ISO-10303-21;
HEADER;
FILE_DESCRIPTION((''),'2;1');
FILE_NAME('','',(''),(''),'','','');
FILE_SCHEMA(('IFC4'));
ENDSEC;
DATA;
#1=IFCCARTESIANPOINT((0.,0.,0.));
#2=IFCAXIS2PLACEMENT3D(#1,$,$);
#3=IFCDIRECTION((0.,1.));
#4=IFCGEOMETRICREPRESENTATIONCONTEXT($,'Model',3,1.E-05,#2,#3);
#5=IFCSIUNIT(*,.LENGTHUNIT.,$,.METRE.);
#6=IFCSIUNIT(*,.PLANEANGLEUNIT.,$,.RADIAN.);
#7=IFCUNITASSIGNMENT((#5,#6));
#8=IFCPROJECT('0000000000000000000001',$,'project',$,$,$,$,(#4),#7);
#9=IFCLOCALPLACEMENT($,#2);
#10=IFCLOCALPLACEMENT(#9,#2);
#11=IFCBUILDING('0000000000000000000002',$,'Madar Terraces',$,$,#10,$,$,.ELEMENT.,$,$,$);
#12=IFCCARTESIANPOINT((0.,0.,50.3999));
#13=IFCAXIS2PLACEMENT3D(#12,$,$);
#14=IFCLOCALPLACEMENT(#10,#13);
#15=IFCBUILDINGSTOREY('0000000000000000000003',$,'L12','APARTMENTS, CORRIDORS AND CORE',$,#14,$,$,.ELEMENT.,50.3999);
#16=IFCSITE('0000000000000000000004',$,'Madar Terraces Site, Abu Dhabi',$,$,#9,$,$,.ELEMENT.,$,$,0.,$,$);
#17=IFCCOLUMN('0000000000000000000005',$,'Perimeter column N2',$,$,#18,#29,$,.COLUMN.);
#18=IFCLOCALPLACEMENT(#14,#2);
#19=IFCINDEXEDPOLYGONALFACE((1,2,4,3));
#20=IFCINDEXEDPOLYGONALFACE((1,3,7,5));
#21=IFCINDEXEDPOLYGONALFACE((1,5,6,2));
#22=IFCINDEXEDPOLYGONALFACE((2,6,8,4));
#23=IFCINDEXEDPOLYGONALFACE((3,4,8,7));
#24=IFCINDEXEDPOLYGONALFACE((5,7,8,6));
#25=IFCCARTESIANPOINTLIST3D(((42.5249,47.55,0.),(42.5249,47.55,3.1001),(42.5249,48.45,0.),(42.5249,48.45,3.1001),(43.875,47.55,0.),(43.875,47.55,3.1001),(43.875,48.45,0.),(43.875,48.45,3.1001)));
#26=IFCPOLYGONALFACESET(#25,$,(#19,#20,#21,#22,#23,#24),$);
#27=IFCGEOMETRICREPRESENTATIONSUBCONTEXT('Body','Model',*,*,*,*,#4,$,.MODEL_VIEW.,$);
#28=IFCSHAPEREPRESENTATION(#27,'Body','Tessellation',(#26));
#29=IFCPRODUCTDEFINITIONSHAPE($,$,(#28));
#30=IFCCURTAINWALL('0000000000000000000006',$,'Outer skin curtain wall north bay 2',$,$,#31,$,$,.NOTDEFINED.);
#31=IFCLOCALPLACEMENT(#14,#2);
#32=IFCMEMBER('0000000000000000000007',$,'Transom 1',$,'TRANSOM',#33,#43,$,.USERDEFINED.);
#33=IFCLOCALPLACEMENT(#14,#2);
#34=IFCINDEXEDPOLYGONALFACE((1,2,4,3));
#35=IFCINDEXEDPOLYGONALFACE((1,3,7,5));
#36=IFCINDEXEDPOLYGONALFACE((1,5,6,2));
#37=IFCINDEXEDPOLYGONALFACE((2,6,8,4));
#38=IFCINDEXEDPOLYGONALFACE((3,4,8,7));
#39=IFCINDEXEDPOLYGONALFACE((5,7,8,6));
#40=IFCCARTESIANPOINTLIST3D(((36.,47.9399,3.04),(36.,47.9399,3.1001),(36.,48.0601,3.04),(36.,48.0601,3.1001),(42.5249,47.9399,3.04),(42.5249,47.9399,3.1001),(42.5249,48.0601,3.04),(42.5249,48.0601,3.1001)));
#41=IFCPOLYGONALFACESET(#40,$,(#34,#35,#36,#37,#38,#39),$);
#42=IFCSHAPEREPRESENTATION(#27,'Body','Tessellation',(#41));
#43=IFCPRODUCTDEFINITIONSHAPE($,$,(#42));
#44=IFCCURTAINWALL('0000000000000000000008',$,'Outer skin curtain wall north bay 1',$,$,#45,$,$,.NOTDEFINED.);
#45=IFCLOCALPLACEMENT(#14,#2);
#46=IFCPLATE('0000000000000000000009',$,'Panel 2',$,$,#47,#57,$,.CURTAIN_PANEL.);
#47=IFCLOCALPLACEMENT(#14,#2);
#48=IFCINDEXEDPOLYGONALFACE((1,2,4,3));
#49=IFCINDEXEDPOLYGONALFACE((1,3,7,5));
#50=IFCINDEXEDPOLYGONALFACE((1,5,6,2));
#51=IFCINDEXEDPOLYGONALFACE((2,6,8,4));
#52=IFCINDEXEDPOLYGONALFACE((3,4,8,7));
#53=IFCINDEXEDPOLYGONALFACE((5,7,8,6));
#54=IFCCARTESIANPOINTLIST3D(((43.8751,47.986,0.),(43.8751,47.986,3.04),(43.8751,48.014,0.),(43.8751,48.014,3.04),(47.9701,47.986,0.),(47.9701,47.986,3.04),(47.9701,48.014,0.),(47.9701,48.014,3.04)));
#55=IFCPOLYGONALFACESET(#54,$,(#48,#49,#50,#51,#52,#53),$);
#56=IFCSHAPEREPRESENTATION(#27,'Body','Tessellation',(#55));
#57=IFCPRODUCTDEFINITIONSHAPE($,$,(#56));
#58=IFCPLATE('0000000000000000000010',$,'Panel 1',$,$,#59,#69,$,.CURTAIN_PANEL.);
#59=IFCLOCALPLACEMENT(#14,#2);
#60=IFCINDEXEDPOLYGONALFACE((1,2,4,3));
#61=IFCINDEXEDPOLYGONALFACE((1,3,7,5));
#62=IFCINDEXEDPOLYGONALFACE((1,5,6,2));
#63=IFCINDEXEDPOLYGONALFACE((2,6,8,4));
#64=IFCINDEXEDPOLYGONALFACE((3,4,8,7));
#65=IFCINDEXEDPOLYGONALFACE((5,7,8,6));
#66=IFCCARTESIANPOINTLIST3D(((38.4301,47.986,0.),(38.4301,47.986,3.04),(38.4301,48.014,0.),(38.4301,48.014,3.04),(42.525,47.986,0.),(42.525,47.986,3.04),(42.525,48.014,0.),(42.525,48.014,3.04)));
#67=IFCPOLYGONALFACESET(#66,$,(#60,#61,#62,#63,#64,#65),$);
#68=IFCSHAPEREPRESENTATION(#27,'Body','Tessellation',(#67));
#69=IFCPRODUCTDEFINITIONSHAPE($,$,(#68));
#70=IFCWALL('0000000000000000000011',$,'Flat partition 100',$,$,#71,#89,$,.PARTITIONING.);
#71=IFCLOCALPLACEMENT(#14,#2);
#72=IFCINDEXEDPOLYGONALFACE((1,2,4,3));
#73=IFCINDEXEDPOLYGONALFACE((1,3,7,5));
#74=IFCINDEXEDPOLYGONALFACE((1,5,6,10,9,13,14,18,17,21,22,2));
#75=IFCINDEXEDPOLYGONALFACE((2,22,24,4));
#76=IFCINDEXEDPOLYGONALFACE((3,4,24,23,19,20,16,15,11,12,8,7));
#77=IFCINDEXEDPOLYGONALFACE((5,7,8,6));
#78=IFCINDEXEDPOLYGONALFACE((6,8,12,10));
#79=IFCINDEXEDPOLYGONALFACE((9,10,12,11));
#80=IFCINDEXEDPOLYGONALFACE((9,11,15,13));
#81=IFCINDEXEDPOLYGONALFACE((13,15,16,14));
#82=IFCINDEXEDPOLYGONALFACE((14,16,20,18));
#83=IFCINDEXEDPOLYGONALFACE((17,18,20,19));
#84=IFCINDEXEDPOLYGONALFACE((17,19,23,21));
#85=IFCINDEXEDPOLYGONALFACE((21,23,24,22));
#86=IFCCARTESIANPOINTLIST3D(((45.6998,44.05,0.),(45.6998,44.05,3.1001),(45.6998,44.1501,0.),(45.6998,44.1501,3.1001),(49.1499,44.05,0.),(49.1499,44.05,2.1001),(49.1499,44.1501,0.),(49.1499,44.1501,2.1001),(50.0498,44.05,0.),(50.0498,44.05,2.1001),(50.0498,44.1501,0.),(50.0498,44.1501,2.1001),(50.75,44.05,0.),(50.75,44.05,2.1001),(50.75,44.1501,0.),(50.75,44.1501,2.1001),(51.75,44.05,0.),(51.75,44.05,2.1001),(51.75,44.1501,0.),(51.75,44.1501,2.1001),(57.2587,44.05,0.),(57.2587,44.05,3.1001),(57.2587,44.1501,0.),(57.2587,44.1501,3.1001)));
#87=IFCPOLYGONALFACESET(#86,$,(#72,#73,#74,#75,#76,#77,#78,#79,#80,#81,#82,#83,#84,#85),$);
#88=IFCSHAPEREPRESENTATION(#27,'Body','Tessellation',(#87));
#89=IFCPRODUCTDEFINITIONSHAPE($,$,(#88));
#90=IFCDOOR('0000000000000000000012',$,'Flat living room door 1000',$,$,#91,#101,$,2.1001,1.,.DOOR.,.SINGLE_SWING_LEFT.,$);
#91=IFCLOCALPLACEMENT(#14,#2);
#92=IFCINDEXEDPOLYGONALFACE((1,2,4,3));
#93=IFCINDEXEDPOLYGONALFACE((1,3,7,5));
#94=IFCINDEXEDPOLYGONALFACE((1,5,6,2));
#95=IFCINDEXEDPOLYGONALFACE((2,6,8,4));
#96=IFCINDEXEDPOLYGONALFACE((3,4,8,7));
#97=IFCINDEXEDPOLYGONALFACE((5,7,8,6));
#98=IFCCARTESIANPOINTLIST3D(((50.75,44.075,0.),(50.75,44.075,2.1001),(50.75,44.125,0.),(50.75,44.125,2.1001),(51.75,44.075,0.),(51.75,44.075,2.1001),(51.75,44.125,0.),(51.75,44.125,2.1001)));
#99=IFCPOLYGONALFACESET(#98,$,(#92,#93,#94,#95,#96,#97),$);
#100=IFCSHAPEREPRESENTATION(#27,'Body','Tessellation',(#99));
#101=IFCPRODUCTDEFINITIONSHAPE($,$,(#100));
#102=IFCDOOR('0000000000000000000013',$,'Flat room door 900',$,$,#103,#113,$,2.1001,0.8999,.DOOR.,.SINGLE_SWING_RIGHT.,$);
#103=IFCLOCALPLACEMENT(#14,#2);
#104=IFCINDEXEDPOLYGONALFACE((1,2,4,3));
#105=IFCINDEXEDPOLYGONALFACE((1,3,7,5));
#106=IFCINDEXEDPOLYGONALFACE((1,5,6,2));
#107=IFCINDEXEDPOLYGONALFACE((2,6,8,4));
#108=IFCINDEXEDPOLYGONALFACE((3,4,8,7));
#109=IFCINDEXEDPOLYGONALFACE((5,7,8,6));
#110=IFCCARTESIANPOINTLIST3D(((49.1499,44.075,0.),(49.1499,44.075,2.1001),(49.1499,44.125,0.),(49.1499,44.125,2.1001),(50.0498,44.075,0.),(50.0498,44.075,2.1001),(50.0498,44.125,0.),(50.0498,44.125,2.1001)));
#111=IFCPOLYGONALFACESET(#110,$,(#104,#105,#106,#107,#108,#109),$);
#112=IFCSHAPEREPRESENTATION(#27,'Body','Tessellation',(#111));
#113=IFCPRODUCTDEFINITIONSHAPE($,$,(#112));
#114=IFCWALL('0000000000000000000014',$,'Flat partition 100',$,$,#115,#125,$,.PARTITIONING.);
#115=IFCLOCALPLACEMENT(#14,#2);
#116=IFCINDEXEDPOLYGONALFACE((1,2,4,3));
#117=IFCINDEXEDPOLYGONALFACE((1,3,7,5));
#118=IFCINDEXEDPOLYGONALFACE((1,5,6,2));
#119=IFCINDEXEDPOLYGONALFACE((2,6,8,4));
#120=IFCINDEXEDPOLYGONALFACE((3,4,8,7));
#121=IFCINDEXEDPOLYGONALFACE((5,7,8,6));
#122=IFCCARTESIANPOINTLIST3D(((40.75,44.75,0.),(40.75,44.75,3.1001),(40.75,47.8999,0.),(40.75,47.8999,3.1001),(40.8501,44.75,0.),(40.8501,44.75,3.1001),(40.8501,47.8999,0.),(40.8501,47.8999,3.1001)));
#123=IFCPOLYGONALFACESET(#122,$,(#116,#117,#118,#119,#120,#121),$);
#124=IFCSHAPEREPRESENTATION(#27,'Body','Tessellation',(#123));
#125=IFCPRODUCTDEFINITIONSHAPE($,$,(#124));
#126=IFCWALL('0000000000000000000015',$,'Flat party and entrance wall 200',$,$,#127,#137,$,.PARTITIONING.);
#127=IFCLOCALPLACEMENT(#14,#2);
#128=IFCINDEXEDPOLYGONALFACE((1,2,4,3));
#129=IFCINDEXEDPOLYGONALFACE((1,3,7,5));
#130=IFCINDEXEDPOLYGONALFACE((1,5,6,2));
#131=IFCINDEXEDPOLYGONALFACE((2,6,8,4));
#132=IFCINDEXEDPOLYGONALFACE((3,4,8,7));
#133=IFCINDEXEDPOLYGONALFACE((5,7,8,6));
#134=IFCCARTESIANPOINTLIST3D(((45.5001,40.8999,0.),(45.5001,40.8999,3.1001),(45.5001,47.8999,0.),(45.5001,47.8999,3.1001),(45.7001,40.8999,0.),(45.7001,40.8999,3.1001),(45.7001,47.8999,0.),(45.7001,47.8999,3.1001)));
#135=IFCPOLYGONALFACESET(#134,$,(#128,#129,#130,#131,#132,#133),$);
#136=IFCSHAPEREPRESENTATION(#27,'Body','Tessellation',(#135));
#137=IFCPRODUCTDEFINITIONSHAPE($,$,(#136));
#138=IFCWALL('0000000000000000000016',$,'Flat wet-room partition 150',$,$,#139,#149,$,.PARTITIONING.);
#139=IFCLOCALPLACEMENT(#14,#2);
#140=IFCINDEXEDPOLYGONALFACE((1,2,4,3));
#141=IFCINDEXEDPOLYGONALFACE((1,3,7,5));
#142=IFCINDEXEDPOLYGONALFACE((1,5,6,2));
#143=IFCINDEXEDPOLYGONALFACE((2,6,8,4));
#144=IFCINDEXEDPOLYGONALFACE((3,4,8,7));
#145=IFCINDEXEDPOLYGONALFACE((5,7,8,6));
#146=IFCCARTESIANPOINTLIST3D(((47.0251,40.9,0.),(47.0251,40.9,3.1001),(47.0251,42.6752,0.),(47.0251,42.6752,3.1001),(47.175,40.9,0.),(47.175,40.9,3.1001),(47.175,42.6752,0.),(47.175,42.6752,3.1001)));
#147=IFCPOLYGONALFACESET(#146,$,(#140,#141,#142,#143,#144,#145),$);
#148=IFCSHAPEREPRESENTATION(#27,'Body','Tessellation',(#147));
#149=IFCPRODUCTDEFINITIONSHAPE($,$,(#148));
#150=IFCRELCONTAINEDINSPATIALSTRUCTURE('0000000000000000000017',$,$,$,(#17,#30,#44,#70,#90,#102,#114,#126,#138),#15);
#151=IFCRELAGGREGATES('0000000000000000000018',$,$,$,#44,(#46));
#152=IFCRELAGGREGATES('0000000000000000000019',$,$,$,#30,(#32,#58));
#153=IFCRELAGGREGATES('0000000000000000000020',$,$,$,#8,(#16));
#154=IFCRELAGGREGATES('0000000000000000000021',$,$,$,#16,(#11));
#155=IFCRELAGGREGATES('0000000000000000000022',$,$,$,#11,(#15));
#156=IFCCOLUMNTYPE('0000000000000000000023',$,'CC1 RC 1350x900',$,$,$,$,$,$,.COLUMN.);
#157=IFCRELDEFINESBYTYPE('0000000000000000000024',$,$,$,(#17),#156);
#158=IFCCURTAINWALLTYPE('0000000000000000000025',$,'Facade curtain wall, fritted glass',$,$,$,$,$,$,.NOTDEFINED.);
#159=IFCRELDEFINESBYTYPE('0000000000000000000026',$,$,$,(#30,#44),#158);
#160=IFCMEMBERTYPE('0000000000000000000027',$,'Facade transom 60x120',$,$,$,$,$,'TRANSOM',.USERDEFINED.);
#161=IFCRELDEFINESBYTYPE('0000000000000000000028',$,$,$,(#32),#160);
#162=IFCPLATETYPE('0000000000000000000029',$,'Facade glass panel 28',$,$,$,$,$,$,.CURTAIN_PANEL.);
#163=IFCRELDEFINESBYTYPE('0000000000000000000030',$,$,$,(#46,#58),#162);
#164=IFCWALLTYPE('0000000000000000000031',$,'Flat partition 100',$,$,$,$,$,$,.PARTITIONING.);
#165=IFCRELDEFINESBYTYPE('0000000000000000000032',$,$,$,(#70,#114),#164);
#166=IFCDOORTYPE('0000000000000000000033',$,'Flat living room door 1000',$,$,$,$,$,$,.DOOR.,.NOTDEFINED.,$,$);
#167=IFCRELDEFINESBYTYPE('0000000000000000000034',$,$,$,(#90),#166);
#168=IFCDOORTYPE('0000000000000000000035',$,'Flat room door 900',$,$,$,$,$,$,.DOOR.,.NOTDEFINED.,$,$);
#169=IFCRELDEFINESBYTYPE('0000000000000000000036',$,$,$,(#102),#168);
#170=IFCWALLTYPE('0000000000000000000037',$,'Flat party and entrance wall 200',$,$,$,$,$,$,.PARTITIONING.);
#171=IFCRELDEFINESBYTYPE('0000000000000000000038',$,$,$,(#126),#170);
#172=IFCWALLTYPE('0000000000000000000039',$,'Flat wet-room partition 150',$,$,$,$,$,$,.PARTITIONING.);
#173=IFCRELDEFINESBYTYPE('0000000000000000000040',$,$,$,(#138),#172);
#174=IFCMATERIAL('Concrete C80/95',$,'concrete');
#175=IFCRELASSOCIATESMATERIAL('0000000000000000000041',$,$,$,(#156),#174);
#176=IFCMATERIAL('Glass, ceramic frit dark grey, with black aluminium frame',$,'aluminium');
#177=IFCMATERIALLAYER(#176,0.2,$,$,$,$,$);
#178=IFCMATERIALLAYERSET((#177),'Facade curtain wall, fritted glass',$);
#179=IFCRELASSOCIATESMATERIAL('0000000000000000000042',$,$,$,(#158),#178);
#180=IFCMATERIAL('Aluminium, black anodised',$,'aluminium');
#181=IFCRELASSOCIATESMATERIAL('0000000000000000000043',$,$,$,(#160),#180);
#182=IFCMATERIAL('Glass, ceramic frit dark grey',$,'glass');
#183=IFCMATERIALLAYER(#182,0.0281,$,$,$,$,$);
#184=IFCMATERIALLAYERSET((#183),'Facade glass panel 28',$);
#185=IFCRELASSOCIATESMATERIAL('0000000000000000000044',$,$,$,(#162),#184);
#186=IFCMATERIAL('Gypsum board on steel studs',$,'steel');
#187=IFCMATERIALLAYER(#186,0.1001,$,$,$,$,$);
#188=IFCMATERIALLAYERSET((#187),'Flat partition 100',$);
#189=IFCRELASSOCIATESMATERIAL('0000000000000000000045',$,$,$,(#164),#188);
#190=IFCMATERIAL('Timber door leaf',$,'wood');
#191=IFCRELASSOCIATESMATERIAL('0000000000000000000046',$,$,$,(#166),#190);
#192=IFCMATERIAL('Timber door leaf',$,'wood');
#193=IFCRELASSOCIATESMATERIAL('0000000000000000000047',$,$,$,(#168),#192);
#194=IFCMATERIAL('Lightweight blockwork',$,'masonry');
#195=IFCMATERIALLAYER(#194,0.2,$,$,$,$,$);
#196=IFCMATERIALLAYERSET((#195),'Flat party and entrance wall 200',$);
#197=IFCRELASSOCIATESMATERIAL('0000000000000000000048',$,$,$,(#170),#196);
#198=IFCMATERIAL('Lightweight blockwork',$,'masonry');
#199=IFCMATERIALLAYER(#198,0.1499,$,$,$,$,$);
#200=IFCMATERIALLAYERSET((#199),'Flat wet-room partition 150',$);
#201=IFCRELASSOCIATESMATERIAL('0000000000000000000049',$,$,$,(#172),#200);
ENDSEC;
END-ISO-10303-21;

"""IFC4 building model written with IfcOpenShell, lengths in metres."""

from ifc_helpers import new_model, si_unit, direction, frame, frame_2d, origin, origin_2d, place, context, subcontext, project, spatial, rectangle, extrude, material, layer, layer_set, material_profile, profile_set, type_object, element, fill, aggregate, save


model = new_model("IFC4")

# Units and contexts
model_context = context("Model", 3, precision=1e-05, world=origin(), true_north=direction((0.0, 1.0)))
body_context = subcontext(model_context, "Body", "Model", "MODEL_VIEW")
ifc_project = project(units=[si_unit("LENGTHUNIT", "METRE"), si_unit("PLANEANGLEUNIT", "RADIAN")], contexts=[model_context])

# Site, building, storey
site_placement = place(None, origin())
site = spatial("IfcSite", under=ifc_project, at=site_placement, Name="Madar Terraces Site, Abu Dhabi", CompositionType="ELEMENT", RefElevation=0.0)
building_placement = place(site_placement, origin())
building = spatial("IfcBuilding", under=site, at=building_placement, Name="Madar Terraces", CompositionType="ELEMENT")
storey_placement = place(building_placement, frame((0.0, 0.0, 50.3999)))
storey = spatial("IfcBuildingStorey", under=building, at=storey_placement, Name="L12", Description="APARTMENTS, CORRIDORS AND CORE", CompositionType="ELEMENT", Elevation=50.3999)

# Column
ifc_material_1 = material(Name="Concrete C80/95", Category="concrete")
ifc_material_profile_1 = material_profile(ifc_material_1, rectangle(XDim=1.3501, YDim=0.8999, at=origin_2d()), Name="CC1 RC 1350x900")
ifc_profile_set_1 = profile_set([ifc_material_profile_1], Name="Concrete C80/95")
column_type = type_object("IfcColumnType", Name="CC1 RC 1350x900", PredefinedType="COLUMN", material=ifc_profile_set_1)
column_placement = place(storey_placement, frame((43.2, 48.0, 0.0), z_axis=(0.0, 0.0, 1.0), x_axis=(1.0, 0.0, 0.0)))
element("IfcColumn", 1, at=column_placement, inside=storey, type_object=column_type, Name="Perimeter column N2", PredefinedType="COLUMN", context=body_context, shape_type="SweptSolid", body=[
    extrude(rectangle(XDim=1.3501, YDim=0.8999, at=origin_2d()), origin(), (0.0, 0.0, 1.0), 3.1001),
])

# Curtain wall, member
ifc_material_2 = material(Name="Glass, ceramic frit dark grey, with black aluminium frame", Category="aluminium")
ifc_layer_1 = layer(ifc_material_2, 0.2)
ifc_layer_set_1 = layer_set([ifc_layer_1], Name="Facade curtain wall, fritted glass")
curtain_wall_type = type_object("IfcCurtainWallType", Name="Facade curtain wall, fritted glass", PredefinedType="NOTDEFINED", material=ifc_layer_set_1)
curtain_wall_1_placement = place(storey_placement, origin())
curtain_wall_1 = element("IfcCurtainWall", 2, at=curtain_wall_1_placement, inside=storey, type_object=curtain_wall_type, Name="Outer skin curtain wall north bay 2", PredefinedType="NOTDEFINED")
ifc_material_3 = material(Name="Aluminium, black anodised", Category="aluminium")
ifc_material_profile_2 = material_profile(ifc_material_3, rectangle(XDim=0.1201, YDim=0.0601, at=origin_2d()), Name="Facade transom 60x120")
ifc_profile_set_2 = profile_set([ifc_material_profile_2], Name="Aluminium, black anodised")
member_type = type_object("IfcMemberType", Name="Facade transom 60x120", ElementType="TRANSOM", PredefinedType="USERDEFINED", material=ifc_profile_set_2)
member_placement = place(storey_placement, frame((42.5249, 48.0, 3.0701), z_axis=(-1.0, 0.0, 0.0), x_axis=(0.0, -1.0, 0.0)))
member = element("IfcMember", 3, at=member_placement, type_object=member_type, Name="Transom 1", ObjectType="TRANSOM", PredefinedType="USERDEFINED", context=body_context, shape_type="SweptSolid", body=[
    extrude(rectangle(XDim=0.1201, YDim=0.0601, at=origin_2d()), origin(), (0.0, 0.0, 1.0), 6.5249),
])

# Curtain wall, plate
curtain_wall_2_placement = place(storey_placement, origin())
curtain_wall_2 = element("IfcCurtainWall", 4, at=curtain_wall_2_placement, inside=storey, type_object=curtain_wall_type, Name="Outer skin curtain wall north bay 1", PredefinedType="NOTDEFINED")
ifc_material_4 = material(Name="Glass, ceramic frit dark grey", Category="glass")
ifc_layer_2 = layer(ifc_material_4, 0.0281)
ifc_layer_set_2 = layer_set([ifc_layer_2], Name="Facade glass panel 28")
plate_type = type_object("IfcPlateType", Name="Facade glass panel 28", PredefinedType="CURTAIN_PANEL", material=ifc_layer_set_2)
plate_1_placement = place(storey_placement, frame((45.9226, 48.0, 0.0), z_axis=(0.0, 0.0, 1.0), x_axis=(-1.0, 0.0, 0.0)))
plate_1 = element("IfcPlate", 5, at=plate_1_placement, type_object=plate_type, Name="Panel 2", PredefinedType="CURTAIN_PANEL", context=body_context, shape_type="SweptSolid", body=[
    extrude(rectangle(XDim=4.095, YDim=0.0281, at=origin_2d()), origin(), (0.0, 0.0, 1.0), 3.04),
])
aggregate(curtain_wall_2, [plate_1])

# Plate
plate_2_placement = place(storey_placement, frame((40.4775, 48.0, 0.0), z_axis=(0.0, 0.0, 1.0), x_axis=(-1.0, 0.0, 0.0)))
plate_2 = element("IfcPlate", 6, at=plate_2_placement, type_object=plate_type, Name="Panel 1", PredefinedType="CURTAIN_PANEL", context=body_context, shape_type="SweptSolid", body=[
    extrude(rectangle(XDim=4.095, YDim=0.0281, at=origin_2d()), origin(), (0.0, 0.0, 1.0), 3.04),
])
aggregate(curtain_wall_1, [member, plate_2])

# Wall, openings, doors
ifc_material_5 = material(Name="Gypsum board on steel studs", Category="steel")
ifc_layer_3 = layer(ifc_material_5, 0.1001)
ifc_layer_set_3 = layer_set([ifc_layer_3], Name="Flat partition 100")
wall_type_1 = type_object("IfcWallType", Name="Flat partition 100", PredefinedType="PARTITIONING", material=ifc_layer_set_3)
wall_1_placement = place(storey_placement, frame((45.7, 44.1001, 0.0), z_axis=(0.0, 0.0, 1.0), x_axis=(1.0, 0.0, 0.0)))
wall_1 = element("IfcWall", 7, at=wall_1_placement, inside=storey, type_object=wall_type_1, Name="Flat partition 100", PredefinedType="PARTITIONING", context=body_context, shape_type="SweptSolid", body=[
    extrude(rectangle(XDim=11.5588, YDim=0.1001, at=frame_2d((5.7793, 0.0))), origin(), (0.0, 0.0, 1.0), 3.1001),
])
opening_1_placement = place(wall_1_placement, frame((3.45, 0.0, 0.0)))
opening_1 = element("IfcOpeningElement", 8, at=opening_1_placement, cuts=wall_1, PredefinedType="OPENING", context=body_context, shape_type="SweptSolid", body=[
    extrude(rectangle(XDim=0.8999, YDim=2.1001, at=frame_2d((0.45, 1.05))), frame((0.0, 0.0601, 0.0), z_axis=(0.0, -1.0, 0.0), x_axis=(1.0, 0.0, 0.0)), (0.0, 0.0, 1.0), 0.1201),
])
opening_2_placement = place(wall_1_placement, frame((5.05, 0.0, 0.0)))
opening_2 = element("IfcOpeningElement", 9, at=opening_2_placement, cuts=wall_1, PredefinedType="OPENING", context=body_context, shape_type="SweptSolid", body=[
    extrude(rectangle(XDim=1.0, YDim=2.1001, at=frame_2d((0.5, 1.05))), frame((0.0, 0.0601, 0.0), z_axis=(0.0, -1.0, 0.0), x_axis=(1.0, 0.0, 0.0)), (0.0, 0.0, 1.0), 0.1201),
])
ifc_material_6 = material(Name="Timber door leaf", Category="wood")
door_type_1 = type_object("IfcDoorType", Name="Flat living room door 1000", OperationType="NOTDEFINED", PredefinedType="DOOR", material=ifc_material_6)
door_1_placement = place(opening_2_placement, origin())
door_1 = element("IfcDoor", 10, at=door_1_placement, inside=storey, type_object=door_type_1, Name="Flat living room door 1000", OperationType="SINGLE_SWING_LEFT", OverallHeight=2.1001, OverallWidth=1.0, PredefinedType="DOOR", context=body_context, shape_type="SweptSolid", body=[
    extrude(rectangle(XDim=1.0, YDim=2.1001, at=frame_2d((0.5, 1.05))), frame((0.0, 0.0249, 0.0), z_axis=(0.0, -1.0, 0.0), x_axis=(1.0, 0.0, 0.0)), (0.0, 0.0, 1.0), 0.05),
])
fill(opening_2, door_1)
ifc_material_7 = material(Name="Timber door leaf", Category="wood")
door_type_2 = type_object("IfcDoorType", Name="Flat room door 900", OperationType="NOTDEFINED", PredefinedType="DOOR", material=ifc_material_7)
door_2_placement = place(opening_1_placement, origin())
door_2 = element("IfcDoor", 11, at=door_2_placement, inside=storey, type_object=door_type_2, Name="Flat room door 900", OperationType="SINGLE_SWING_RIGHT", OverallHeight=2.1001, OverallWidth=0.8999, PredefinedType="DOOR", context=body_context, shape_type="SweptSolid", body=[
    extrude(rectangle(XDim=0.8999, YDim=2.1001, at=frame_2d((0.45, 1.05))), frame((0.0, 0.0249, 0.0), z_axis=(0.0, -1.0, 0.0), x_axis=(1.0, 0.0, 0.0)), (0.0, 0.0, 1.0), 0.05),
])
fill(opening_1, door_2)

# Walls
wall_2_placement = place(storey_placement, frame((40.8, 44.75, 0.0), z_axis=(0.0, 0.0, 1.0), x_axis=(0.0, 1.0, 0.0)))
element("IfcWall", 12, at=wall_2_placement, inside=storey, type_object=wall_type_1, Name="Flat partition 100", PredefinedType="PARTITIONING", context=body_context, shape_type="SweptSolid", body=[
    extrude(rectangle(XDim=3.1499, YDim=0.1001, at=frame_2d((1.575, 0.0))), origin(), (0.0, 0.0, 1.0), 3.1001),
])
ifc_material_8 = material(Name="Lightweight blockwork", Category="masonry")
ifc_layer_4 = layer(ifc_material_8, 0.2)
ifc_layer_set_4 = layer_set([ifc_layer_4], Name="Flat party and entrance wall 200")
wall_type_2 = type_object("IfcWallType", Name="Flat party and entrance wall 200", PredefinedType="PARTITIONING", material=ifc_layer_set_4)
wall_3_placement = place(storey_placement, frame((45.6001, 47.8999, 0.0), z_axis=(0.0, 0.0, 1.0), x_axis=(0.0, -1.0, 0.0)))
element("IfcWall", 13, at=wall_3_placement, inside=storey, type_object=wall_type_2, Name="Flat party and entrance wall 200", PredefinedType="PARTITIONING", context=body_context, shape_type="SweptSolid", body=[
    extrude(rectangle(XDim=7.0, YDim=0.2, at=frame_2d((3.5, 0.0))), origin(), (0.0, 0.0, 1.0), 3.1001),
])
ifc_material_9 = material(Name="Lightweight blockwork", Category="masonry")
ifc_layer_5 = layer(ifc_material_9, 0.1499)
ifc_layer_set_5 = layer_set([ifc_layer_5], Name="Flat wet-room partition 150")
wall_type_3 = type_object("IfcWallType", Name="Flat wet-room partition 150", PredefinedType="PARTITIONING", material=ifc_layer_set_5)
wall_4_placement = place(storey_placement, frame((47.1001, 40.8999, 0.0), z_axis=(0.0, 0.0, 1.0), x_axis=(0.0, 1.0, 0.0)))
element("IfcWall", 14, at=wall_4_placement, inside=storey, type_object=wall_type_3, Name="Flat wet-room partition 150", PredefinedType="PARTITIONING", context=body_context, shape_type="SweptSolid", body=[
    extrude(rectangle(XDim=1.7751, YDim=0.1499, at=frame_2d((0.8877, 0.0))), origin(), (0.0, 0.0, 1.0), 3.1001),
])

save(model, "model.ifc")
